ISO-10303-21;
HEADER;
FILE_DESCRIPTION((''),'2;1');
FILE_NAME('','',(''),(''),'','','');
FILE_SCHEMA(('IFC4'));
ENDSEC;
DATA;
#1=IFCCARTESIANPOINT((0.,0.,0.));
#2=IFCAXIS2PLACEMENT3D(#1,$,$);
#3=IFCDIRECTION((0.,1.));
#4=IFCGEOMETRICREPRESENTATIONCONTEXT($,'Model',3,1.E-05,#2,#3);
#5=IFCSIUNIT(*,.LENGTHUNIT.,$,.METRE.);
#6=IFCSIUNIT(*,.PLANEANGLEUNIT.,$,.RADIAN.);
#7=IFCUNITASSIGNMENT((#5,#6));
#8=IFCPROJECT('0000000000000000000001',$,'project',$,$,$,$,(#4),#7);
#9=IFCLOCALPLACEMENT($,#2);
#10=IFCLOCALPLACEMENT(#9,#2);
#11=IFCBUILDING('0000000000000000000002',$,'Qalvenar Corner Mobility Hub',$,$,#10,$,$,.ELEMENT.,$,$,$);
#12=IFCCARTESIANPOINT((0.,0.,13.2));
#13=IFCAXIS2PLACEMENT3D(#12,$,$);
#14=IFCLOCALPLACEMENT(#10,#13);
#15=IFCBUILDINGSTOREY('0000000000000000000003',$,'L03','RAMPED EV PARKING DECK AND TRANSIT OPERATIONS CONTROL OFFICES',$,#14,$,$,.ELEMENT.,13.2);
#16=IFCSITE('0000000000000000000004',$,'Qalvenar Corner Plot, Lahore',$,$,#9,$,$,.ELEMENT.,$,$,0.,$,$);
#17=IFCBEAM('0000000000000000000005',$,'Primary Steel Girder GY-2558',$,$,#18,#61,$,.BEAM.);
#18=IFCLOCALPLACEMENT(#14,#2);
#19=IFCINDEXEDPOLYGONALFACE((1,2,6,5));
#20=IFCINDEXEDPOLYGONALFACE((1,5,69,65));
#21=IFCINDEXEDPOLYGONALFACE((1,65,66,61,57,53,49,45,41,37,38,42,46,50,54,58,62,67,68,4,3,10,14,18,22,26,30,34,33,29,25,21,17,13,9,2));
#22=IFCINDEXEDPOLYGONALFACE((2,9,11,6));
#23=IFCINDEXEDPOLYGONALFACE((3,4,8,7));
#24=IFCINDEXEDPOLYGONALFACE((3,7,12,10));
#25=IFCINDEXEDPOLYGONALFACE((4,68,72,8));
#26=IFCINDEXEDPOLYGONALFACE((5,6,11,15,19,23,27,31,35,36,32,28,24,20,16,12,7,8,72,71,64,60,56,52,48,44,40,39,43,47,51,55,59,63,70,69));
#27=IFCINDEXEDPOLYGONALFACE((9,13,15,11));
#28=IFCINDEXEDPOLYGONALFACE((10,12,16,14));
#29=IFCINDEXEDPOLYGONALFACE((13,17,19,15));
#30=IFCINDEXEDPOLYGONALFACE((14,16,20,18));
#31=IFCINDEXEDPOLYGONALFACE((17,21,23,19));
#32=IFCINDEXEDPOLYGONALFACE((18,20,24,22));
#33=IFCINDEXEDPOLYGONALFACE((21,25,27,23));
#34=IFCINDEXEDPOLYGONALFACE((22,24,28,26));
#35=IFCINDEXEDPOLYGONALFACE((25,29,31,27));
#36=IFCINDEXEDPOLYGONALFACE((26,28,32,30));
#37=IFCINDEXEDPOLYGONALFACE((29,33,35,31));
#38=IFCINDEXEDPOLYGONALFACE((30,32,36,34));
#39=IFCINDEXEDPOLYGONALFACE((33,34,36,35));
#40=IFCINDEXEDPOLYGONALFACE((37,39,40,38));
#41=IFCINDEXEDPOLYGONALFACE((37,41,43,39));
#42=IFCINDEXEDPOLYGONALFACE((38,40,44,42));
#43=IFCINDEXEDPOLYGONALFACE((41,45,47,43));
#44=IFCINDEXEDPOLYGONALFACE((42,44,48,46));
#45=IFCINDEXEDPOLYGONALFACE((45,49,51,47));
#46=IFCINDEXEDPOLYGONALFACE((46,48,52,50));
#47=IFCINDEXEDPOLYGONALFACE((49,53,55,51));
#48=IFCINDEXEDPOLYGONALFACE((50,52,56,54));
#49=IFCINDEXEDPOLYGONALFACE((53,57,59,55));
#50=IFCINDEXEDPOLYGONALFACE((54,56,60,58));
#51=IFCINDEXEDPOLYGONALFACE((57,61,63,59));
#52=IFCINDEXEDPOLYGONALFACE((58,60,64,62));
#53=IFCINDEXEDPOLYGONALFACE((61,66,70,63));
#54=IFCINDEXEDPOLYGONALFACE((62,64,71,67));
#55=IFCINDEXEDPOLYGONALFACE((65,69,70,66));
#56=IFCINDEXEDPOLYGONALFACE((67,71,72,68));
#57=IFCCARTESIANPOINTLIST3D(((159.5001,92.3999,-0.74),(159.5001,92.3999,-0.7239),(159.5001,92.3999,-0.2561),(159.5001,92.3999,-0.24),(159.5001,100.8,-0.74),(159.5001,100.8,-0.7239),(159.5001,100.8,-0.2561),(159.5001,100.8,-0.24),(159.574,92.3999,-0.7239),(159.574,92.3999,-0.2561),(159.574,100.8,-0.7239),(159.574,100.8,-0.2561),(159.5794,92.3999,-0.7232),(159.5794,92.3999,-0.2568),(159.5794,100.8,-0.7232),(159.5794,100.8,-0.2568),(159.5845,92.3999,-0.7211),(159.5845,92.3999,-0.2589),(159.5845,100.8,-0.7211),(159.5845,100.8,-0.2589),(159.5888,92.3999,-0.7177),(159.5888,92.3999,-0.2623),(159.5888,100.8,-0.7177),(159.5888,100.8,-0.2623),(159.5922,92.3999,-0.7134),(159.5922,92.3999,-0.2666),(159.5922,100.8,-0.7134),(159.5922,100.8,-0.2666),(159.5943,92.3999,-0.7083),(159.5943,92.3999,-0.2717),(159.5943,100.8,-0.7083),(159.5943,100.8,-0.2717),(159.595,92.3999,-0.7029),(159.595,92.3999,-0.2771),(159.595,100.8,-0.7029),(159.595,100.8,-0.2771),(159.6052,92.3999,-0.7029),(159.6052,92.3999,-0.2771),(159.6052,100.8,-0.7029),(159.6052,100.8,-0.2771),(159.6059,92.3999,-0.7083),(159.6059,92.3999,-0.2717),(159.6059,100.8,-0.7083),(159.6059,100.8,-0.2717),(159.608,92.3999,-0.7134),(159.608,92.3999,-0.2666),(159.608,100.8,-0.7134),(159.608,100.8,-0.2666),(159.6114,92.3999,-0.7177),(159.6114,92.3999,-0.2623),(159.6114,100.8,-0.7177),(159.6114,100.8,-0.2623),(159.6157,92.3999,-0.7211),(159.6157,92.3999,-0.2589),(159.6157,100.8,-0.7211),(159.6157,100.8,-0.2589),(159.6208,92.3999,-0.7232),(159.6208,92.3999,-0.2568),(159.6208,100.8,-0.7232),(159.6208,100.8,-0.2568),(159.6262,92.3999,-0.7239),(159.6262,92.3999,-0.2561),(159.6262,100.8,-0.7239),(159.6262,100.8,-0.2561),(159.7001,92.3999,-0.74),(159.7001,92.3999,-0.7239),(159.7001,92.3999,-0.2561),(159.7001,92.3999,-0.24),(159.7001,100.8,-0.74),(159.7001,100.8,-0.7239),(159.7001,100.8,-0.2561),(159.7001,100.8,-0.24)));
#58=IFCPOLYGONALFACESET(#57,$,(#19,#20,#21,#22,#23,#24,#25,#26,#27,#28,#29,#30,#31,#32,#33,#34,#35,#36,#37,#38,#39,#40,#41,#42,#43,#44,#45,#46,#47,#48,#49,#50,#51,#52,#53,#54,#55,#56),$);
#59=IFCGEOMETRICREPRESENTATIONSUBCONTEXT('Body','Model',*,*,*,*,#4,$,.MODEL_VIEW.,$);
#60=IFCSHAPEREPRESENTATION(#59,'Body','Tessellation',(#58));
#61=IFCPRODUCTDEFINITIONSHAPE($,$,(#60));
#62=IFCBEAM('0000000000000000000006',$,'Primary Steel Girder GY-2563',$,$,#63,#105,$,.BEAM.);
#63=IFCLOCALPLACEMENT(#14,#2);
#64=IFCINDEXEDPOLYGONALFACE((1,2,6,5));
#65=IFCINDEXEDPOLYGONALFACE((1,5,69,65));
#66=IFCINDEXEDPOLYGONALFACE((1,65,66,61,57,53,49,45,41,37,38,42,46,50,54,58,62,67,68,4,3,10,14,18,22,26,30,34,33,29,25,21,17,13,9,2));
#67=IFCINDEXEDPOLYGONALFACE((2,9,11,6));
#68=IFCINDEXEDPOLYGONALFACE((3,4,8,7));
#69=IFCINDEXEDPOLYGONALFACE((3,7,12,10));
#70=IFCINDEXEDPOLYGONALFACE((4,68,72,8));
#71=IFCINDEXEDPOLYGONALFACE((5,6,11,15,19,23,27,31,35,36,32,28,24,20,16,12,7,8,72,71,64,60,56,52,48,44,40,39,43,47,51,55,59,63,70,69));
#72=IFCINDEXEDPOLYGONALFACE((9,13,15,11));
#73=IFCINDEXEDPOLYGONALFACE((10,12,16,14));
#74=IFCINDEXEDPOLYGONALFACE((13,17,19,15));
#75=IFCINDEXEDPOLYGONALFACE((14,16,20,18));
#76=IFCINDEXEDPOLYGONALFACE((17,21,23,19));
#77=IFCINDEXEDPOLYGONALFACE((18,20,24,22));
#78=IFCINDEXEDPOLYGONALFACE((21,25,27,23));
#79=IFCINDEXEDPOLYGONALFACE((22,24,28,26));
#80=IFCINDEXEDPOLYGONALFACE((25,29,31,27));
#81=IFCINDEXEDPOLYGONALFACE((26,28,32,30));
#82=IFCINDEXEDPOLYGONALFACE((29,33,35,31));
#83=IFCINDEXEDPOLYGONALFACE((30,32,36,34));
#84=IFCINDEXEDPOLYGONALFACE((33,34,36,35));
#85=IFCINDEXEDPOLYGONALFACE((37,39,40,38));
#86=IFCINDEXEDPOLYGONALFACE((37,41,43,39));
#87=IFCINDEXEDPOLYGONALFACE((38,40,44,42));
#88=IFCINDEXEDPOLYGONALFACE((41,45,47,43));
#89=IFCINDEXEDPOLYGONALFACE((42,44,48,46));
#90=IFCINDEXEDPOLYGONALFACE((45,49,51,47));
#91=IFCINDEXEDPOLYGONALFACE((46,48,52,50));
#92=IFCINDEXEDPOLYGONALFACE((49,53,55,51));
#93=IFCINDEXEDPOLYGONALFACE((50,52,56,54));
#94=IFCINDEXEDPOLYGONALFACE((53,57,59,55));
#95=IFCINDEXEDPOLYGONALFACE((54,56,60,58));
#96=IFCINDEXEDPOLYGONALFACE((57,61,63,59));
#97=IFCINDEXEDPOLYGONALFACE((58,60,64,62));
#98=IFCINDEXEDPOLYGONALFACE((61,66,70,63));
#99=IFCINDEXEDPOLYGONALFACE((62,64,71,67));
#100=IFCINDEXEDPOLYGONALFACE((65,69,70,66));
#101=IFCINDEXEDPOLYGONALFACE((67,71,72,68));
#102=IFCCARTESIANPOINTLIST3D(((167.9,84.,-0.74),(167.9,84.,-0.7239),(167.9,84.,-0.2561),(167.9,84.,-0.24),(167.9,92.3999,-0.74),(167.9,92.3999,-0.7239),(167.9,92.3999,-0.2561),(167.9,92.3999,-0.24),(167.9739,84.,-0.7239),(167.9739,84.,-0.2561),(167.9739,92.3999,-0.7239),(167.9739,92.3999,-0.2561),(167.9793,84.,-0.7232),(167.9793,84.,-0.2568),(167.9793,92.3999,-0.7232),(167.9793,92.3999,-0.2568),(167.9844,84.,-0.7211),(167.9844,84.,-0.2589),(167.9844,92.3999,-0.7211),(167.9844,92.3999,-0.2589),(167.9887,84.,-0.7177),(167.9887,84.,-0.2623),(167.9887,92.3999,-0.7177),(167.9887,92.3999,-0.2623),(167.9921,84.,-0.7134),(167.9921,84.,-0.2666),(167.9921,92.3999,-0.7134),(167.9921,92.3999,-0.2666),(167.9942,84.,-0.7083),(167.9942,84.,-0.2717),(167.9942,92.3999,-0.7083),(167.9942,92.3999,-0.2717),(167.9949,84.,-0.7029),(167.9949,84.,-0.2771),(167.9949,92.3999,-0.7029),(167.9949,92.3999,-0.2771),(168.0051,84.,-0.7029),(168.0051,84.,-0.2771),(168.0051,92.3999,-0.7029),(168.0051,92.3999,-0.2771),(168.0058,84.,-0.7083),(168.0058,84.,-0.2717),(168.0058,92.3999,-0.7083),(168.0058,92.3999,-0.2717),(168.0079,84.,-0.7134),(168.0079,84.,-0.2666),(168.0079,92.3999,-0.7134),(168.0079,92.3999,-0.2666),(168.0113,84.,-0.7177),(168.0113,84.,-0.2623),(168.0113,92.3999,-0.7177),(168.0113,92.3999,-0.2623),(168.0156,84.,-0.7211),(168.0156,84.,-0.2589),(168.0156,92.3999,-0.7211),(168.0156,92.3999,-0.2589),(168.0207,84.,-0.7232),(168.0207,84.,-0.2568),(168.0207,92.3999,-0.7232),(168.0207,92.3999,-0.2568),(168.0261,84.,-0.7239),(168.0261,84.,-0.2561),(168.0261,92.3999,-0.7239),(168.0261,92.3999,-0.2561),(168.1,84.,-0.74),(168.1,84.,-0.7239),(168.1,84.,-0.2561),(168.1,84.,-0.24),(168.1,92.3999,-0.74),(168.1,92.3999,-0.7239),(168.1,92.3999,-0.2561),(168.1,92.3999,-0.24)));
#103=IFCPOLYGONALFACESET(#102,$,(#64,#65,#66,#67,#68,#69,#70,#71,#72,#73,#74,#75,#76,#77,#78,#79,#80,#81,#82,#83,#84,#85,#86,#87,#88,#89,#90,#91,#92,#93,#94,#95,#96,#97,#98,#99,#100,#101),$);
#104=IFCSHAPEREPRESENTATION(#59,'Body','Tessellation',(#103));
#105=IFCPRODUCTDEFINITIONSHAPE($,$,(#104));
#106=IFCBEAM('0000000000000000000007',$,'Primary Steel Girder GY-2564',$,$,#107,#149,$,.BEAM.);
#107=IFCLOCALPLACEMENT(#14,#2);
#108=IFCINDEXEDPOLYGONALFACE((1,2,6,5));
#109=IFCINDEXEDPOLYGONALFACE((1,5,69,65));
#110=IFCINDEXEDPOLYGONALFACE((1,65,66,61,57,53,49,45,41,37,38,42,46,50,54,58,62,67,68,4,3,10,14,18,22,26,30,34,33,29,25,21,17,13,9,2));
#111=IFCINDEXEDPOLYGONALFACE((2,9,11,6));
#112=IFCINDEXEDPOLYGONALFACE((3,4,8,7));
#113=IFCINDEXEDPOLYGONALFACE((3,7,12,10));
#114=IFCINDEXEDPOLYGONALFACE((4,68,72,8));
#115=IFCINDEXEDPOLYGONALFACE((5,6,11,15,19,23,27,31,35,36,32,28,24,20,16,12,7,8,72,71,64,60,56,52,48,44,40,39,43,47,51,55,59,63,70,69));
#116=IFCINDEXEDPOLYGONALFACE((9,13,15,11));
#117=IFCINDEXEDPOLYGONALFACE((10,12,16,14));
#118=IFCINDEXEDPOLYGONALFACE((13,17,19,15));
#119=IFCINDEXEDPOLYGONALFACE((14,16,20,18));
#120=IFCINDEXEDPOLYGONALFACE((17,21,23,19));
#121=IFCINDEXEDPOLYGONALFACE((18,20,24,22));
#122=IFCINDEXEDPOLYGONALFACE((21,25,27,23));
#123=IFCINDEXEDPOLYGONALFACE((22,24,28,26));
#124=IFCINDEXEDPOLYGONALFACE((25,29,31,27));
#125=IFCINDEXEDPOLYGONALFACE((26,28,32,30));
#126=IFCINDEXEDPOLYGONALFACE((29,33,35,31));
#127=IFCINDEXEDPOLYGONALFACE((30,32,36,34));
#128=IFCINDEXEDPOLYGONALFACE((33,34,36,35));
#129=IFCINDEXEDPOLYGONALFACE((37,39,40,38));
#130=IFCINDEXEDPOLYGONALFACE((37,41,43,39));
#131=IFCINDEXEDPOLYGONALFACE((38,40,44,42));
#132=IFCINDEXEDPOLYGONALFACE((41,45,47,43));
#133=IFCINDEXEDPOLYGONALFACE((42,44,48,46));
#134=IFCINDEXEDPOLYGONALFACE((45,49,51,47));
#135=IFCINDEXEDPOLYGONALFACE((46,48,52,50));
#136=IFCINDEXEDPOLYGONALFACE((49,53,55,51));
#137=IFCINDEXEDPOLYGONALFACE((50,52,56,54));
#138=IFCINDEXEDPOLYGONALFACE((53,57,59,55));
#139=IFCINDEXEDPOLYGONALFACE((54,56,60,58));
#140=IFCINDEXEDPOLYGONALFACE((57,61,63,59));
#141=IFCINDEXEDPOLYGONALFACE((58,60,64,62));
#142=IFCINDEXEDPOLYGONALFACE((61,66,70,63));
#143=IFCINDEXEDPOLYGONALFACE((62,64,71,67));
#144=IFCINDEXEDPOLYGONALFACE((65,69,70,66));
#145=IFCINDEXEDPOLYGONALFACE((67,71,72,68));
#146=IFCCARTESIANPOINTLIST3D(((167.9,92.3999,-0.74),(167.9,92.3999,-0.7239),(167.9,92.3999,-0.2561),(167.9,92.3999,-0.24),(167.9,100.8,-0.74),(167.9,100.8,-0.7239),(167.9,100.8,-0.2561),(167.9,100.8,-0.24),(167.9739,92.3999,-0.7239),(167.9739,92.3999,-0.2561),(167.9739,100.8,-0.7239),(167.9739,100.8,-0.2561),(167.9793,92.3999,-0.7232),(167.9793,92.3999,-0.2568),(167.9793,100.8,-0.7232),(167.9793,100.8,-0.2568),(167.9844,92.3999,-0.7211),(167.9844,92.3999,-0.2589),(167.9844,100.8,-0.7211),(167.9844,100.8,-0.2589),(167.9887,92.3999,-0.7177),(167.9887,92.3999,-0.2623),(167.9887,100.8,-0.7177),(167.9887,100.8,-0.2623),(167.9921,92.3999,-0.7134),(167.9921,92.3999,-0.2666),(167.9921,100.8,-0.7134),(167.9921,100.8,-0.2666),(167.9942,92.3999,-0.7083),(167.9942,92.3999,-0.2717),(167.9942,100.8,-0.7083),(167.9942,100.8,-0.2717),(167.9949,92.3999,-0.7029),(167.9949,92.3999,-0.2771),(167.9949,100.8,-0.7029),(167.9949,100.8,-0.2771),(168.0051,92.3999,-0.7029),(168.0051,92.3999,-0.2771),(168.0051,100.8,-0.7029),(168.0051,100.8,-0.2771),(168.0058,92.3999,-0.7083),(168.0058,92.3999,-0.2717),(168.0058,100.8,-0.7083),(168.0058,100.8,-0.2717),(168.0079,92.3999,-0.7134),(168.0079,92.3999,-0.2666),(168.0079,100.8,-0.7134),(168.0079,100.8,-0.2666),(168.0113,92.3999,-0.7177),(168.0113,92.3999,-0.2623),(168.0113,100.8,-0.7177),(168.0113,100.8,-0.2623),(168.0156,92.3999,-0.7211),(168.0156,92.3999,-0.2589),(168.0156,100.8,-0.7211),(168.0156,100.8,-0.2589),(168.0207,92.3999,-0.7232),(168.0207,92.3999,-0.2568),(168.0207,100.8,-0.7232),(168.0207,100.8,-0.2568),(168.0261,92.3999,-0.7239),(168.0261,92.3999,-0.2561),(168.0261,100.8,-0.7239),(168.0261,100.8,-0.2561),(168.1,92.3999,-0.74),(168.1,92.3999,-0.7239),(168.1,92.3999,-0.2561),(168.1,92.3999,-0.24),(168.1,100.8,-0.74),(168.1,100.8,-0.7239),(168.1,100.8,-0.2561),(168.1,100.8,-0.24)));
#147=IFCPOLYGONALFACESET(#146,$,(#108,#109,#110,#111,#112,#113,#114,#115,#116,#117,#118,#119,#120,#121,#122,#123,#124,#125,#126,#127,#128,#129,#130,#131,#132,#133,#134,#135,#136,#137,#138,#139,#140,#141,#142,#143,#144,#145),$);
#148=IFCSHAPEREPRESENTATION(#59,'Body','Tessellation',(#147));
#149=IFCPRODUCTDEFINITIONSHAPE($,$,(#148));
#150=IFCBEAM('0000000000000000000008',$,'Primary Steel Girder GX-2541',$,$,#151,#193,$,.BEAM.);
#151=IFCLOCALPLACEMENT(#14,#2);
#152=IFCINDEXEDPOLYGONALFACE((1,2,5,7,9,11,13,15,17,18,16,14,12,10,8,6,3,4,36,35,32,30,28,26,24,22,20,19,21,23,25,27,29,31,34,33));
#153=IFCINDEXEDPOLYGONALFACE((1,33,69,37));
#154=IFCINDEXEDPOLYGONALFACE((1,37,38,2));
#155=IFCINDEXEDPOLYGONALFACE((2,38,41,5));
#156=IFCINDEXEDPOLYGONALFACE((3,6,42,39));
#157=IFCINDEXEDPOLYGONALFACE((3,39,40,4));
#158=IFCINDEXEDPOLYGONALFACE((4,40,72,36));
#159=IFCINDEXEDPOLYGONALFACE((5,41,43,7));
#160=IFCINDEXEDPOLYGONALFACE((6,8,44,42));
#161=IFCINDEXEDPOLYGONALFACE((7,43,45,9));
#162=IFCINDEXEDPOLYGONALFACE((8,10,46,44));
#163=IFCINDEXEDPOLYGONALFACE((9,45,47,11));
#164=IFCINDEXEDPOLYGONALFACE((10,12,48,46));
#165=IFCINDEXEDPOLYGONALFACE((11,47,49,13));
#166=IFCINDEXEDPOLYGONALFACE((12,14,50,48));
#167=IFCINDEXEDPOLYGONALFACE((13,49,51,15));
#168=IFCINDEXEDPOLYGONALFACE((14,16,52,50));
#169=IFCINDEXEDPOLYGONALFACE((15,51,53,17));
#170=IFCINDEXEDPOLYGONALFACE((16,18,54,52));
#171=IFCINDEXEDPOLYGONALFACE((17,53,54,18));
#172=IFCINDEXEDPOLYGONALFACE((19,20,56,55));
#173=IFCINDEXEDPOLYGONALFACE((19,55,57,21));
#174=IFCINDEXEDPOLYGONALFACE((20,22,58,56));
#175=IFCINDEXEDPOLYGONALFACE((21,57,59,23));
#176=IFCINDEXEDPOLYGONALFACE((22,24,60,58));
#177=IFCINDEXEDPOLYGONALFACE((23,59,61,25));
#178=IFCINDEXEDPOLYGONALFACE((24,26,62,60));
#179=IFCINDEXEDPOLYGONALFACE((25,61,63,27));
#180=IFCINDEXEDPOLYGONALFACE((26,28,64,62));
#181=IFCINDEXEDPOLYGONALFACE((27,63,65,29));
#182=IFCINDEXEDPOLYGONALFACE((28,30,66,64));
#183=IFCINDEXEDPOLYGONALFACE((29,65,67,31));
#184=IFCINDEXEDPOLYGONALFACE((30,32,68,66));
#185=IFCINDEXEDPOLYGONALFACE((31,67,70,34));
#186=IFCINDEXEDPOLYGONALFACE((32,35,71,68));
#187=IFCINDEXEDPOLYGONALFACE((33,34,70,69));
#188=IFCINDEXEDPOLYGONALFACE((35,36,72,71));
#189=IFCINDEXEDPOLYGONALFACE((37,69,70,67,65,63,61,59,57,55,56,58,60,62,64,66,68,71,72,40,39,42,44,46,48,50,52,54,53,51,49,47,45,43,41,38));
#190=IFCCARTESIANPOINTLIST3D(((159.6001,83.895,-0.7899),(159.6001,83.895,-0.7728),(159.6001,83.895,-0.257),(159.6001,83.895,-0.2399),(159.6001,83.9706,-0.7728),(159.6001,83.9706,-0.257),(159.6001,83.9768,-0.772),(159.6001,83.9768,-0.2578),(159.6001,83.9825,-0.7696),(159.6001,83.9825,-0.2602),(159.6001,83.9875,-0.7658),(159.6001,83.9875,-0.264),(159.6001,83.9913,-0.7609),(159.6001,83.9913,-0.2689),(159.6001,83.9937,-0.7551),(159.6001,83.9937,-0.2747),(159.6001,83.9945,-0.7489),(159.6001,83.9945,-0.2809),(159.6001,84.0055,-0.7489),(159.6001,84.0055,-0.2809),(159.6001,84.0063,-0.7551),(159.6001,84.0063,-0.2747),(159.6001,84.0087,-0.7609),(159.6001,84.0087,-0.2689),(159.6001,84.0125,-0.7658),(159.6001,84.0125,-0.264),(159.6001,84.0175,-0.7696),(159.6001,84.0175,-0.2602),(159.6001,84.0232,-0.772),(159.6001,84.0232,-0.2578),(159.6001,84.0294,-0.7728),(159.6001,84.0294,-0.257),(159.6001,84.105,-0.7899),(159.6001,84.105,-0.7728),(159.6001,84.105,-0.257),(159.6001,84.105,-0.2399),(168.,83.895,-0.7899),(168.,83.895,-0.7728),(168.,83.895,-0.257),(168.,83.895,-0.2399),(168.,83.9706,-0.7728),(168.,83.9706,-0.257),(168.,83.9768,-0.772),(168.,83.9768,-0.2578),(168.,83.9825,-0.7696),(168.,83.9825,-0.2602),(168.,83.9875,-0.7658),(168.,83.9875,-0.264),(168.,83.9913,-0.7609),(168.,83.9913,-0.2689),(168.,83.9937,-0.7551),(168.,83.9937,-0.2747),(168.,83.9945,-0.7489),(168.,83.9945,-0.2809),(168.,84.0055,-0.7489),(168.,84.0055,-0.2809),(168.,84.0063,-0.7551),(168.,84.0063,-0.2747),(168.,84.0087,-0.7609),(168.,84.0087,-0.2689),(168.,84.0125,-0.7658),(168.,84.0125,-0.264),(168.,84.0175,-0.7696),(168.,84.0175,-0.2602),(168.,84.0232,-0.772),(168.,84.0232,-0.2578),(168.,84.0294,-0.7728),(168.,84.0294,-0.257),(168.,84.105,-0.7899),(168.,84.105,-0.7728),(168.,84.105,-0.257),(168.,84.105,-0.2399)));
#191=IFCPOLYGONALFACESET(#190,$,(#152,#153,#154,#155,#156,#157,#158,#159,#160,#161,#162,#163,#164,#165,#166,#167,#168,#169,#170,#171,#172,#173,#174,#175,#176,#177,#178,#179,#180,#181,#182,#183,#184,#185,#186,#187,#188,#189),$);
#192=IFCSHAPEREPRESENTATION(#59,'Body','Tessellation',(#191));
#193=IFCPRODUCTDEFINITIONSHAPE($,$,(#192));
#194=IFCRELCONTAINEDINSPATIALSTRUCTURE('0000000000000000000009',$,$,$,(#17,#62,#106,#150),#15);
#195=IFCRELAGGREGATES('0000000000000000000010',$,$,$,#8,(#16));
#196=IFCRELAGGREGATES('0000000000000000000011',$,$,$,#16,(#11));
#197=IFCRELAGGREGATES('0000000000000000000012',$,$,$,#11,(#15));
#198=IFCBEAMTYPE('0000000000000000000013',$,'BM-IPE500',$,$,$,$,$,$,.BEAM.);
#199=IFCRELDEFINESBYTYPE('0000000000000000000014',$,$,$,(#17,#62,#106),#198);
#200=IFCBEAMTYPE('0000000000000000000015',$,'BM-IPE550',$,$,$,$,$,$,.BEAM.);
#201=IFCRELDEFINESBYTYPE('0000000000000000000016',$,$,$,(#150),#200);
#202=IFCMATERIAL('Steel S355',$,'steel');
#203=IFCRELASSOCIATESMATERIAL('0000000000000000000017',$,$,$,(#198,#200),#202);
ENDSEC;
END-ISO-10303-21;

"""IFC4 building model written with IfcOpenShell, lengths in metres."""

from ifc_helpers import new_model, si_unit, direction, frame, origin, origin_2d, place, context, subcontext, project, spatial, i_section, extrude, material, material_profile, profile_set, type_object, element, save


model = new_model("IFC4")

# Units and contexts
model_context = context("Model", 3, precision=1e-05, world=origin(), true_north=direction((0.0, 1.0)))
body_context = subcontext(model_context, "Body", "Model", "MODEL_VIEW")
ifc_project = project(units=[si_unit("LENGTHUNIT", "METRE"), si_unit("PLANEANGLEUNIT", "RADIAN")], contexts=[model_context])

# Site, building, storey
site_placement = place(None, origin())
site = spatial("IfcSite", under=ifc_project, at=site_placement, Name="Qalvenar Corner Plot, Lahore", CompositionType="ELEMENT", RefElevation=0.0)
building_placement = place(site_placement, origin())
building = spatial("IfcBuilding", under=site, at=building_placement, Name="Qalvenar Corner Mobility Hub", CompositionType="ELEMENT")
storey_placement = place(building_placement, frame((0.0, 0.0, 13.2)))
storey = spatial("IfcBuildingStorey", under=building, at=storey_placement, Name="L03", Description="RAMPED EV PARKING DECK AND TRANSIT OPERATIONS CONTROL OFFICES", CompositionType="ELEMENT", Elevation=13.2)

# Shared definitions
ifc_material_1 = material(Name="Steel S355", Category="steel")

# Beams
ifc_material_profile_1 = material_profile(ifc_material_1, i_section(OverallWidth=0.2, OverallDepth=0.5, WebThickness=0.0103, FlangeThickness=0.0161, FilletRadius=0.021, at=origin_2d()), Name="IPE500")
ifc_profile_set_1 = profile_set([ifc_material_profile_1], Name="Steel S355")
beam_type_1 = type_object("IfcBeamType", Name="BM-IPE500", PredefinedType="BEAM", material=ifc_profile_set_1)
beam_1_placement = place(storey_placement, frame((159.6001, 92.3999, -0.49), z_axis=(0.0, 1.0, 0.0), x_axis=(-1.0, 0.0, 0.0)))
element("IfcBeam", 1, at=beam_1_placement, inside=storey, type_object=beam_type_1, Name="Primary Steel Girder GY-2558", PredefinedType="BEAM", context=body_context, shape_type="SweptSolid", body=[
    extrude(i_section(OverallWidth=0.2, OverallDepth=0.5, WebThickness=0.0103, FlangeThickness=0.0161, FilletRadius=0.021, at=origin_2d()), origin(), (0.0, 0.0, 1.0), 8.4001),
])
beam_2_placement = place(storey_placement, frame((168.0, 84.0, -0.49), z_axis=(0.0, 1.0, 0.0), x_axis=(-1.0, 0.0, 0.0)))
element("IfcBeam", 2, at=beam_2_placement, inside=storey, type_object=beam_type_1, Name="Primary Steel Girder GY-2563", PredefinedType="BEAM", context=body_context, shape_type="SweptSolid", body=[
    extrude(i_section(OverallWidth=0.2, OverallDepth=0.5, WebThickness=0.0103, FlangeThickness=0.0161, FilletRadius=0.021, at=origin_2d()), origin(), (0.0, 0.0, 1.0), 8.3999),
])
beam_3_placement = place(storey_placement, frame((168.0, 92.3999, -0.49), z_axis=(0.0, 1.0, 0.0), x_axis=(-1.0, 0.0, 0.0)))
element("IfcBeam", 3, at=beam_3_placement, inside=storey, type_object=beam_type_1, Name="Primary Steel Girder GY-2564", PredefinedType="BEAM", context=body_context, shape_type="SweptSolid", body=[
    extrude(i_section(OverallWidth=0.2, OverallDepth=0.5, WebThickness=0.0103, FlangeThickness=0.0161, FilletRadius=0.021, at=origin_2d()), origin(), (0.0, 0.0, 1.0), 8.4001),
])
ifc_material_profile_2 = material_profile(ifc_material_1, i_section(OverallWidth=0.21, OverallDepth=0.55, WebThickness=0.011, FlangeThickness=0.0171, FilletRadius=0.0239, at=origin_2d()), Name="IPE550")
ifc_profile_set_2 = profile_set([ifc_material_profile_2], Name="Steel S355")
beam_type_2 = type_object("IfcBeamType", Name="BM-IPE550", PredefinedType="BEAM", material=ifc_profile_set_2)
for number, where, z_axis, x_axis, name in (
    (4, (159.6001, 84.0, -0.5149), (1.0, 0.0, 0.0), (0.0, 1.0, 0.0), "Primary Steel Girder GX-2541"),
):
    element("IfcBeam", number, at=place(storey_placement, frame(where, z_axis=z_axis, x_axis=x_axis)), inside=storey, type_object=beam_type_2, Name=name, PredefinedType="BEAM", context=body_context, shape_type="SweptSolid", body=[
        extrude(i_section(OverallWidth=0.21, OverallDepth=0.55, WebThickness=0.011, FlangeThickness=0.0171, FilletRadius=0.0239, at=origin_2d()), origin(), (0.0, 0.0, 1.0), 8.3999),
    ])

save(model, "model.ifc")
